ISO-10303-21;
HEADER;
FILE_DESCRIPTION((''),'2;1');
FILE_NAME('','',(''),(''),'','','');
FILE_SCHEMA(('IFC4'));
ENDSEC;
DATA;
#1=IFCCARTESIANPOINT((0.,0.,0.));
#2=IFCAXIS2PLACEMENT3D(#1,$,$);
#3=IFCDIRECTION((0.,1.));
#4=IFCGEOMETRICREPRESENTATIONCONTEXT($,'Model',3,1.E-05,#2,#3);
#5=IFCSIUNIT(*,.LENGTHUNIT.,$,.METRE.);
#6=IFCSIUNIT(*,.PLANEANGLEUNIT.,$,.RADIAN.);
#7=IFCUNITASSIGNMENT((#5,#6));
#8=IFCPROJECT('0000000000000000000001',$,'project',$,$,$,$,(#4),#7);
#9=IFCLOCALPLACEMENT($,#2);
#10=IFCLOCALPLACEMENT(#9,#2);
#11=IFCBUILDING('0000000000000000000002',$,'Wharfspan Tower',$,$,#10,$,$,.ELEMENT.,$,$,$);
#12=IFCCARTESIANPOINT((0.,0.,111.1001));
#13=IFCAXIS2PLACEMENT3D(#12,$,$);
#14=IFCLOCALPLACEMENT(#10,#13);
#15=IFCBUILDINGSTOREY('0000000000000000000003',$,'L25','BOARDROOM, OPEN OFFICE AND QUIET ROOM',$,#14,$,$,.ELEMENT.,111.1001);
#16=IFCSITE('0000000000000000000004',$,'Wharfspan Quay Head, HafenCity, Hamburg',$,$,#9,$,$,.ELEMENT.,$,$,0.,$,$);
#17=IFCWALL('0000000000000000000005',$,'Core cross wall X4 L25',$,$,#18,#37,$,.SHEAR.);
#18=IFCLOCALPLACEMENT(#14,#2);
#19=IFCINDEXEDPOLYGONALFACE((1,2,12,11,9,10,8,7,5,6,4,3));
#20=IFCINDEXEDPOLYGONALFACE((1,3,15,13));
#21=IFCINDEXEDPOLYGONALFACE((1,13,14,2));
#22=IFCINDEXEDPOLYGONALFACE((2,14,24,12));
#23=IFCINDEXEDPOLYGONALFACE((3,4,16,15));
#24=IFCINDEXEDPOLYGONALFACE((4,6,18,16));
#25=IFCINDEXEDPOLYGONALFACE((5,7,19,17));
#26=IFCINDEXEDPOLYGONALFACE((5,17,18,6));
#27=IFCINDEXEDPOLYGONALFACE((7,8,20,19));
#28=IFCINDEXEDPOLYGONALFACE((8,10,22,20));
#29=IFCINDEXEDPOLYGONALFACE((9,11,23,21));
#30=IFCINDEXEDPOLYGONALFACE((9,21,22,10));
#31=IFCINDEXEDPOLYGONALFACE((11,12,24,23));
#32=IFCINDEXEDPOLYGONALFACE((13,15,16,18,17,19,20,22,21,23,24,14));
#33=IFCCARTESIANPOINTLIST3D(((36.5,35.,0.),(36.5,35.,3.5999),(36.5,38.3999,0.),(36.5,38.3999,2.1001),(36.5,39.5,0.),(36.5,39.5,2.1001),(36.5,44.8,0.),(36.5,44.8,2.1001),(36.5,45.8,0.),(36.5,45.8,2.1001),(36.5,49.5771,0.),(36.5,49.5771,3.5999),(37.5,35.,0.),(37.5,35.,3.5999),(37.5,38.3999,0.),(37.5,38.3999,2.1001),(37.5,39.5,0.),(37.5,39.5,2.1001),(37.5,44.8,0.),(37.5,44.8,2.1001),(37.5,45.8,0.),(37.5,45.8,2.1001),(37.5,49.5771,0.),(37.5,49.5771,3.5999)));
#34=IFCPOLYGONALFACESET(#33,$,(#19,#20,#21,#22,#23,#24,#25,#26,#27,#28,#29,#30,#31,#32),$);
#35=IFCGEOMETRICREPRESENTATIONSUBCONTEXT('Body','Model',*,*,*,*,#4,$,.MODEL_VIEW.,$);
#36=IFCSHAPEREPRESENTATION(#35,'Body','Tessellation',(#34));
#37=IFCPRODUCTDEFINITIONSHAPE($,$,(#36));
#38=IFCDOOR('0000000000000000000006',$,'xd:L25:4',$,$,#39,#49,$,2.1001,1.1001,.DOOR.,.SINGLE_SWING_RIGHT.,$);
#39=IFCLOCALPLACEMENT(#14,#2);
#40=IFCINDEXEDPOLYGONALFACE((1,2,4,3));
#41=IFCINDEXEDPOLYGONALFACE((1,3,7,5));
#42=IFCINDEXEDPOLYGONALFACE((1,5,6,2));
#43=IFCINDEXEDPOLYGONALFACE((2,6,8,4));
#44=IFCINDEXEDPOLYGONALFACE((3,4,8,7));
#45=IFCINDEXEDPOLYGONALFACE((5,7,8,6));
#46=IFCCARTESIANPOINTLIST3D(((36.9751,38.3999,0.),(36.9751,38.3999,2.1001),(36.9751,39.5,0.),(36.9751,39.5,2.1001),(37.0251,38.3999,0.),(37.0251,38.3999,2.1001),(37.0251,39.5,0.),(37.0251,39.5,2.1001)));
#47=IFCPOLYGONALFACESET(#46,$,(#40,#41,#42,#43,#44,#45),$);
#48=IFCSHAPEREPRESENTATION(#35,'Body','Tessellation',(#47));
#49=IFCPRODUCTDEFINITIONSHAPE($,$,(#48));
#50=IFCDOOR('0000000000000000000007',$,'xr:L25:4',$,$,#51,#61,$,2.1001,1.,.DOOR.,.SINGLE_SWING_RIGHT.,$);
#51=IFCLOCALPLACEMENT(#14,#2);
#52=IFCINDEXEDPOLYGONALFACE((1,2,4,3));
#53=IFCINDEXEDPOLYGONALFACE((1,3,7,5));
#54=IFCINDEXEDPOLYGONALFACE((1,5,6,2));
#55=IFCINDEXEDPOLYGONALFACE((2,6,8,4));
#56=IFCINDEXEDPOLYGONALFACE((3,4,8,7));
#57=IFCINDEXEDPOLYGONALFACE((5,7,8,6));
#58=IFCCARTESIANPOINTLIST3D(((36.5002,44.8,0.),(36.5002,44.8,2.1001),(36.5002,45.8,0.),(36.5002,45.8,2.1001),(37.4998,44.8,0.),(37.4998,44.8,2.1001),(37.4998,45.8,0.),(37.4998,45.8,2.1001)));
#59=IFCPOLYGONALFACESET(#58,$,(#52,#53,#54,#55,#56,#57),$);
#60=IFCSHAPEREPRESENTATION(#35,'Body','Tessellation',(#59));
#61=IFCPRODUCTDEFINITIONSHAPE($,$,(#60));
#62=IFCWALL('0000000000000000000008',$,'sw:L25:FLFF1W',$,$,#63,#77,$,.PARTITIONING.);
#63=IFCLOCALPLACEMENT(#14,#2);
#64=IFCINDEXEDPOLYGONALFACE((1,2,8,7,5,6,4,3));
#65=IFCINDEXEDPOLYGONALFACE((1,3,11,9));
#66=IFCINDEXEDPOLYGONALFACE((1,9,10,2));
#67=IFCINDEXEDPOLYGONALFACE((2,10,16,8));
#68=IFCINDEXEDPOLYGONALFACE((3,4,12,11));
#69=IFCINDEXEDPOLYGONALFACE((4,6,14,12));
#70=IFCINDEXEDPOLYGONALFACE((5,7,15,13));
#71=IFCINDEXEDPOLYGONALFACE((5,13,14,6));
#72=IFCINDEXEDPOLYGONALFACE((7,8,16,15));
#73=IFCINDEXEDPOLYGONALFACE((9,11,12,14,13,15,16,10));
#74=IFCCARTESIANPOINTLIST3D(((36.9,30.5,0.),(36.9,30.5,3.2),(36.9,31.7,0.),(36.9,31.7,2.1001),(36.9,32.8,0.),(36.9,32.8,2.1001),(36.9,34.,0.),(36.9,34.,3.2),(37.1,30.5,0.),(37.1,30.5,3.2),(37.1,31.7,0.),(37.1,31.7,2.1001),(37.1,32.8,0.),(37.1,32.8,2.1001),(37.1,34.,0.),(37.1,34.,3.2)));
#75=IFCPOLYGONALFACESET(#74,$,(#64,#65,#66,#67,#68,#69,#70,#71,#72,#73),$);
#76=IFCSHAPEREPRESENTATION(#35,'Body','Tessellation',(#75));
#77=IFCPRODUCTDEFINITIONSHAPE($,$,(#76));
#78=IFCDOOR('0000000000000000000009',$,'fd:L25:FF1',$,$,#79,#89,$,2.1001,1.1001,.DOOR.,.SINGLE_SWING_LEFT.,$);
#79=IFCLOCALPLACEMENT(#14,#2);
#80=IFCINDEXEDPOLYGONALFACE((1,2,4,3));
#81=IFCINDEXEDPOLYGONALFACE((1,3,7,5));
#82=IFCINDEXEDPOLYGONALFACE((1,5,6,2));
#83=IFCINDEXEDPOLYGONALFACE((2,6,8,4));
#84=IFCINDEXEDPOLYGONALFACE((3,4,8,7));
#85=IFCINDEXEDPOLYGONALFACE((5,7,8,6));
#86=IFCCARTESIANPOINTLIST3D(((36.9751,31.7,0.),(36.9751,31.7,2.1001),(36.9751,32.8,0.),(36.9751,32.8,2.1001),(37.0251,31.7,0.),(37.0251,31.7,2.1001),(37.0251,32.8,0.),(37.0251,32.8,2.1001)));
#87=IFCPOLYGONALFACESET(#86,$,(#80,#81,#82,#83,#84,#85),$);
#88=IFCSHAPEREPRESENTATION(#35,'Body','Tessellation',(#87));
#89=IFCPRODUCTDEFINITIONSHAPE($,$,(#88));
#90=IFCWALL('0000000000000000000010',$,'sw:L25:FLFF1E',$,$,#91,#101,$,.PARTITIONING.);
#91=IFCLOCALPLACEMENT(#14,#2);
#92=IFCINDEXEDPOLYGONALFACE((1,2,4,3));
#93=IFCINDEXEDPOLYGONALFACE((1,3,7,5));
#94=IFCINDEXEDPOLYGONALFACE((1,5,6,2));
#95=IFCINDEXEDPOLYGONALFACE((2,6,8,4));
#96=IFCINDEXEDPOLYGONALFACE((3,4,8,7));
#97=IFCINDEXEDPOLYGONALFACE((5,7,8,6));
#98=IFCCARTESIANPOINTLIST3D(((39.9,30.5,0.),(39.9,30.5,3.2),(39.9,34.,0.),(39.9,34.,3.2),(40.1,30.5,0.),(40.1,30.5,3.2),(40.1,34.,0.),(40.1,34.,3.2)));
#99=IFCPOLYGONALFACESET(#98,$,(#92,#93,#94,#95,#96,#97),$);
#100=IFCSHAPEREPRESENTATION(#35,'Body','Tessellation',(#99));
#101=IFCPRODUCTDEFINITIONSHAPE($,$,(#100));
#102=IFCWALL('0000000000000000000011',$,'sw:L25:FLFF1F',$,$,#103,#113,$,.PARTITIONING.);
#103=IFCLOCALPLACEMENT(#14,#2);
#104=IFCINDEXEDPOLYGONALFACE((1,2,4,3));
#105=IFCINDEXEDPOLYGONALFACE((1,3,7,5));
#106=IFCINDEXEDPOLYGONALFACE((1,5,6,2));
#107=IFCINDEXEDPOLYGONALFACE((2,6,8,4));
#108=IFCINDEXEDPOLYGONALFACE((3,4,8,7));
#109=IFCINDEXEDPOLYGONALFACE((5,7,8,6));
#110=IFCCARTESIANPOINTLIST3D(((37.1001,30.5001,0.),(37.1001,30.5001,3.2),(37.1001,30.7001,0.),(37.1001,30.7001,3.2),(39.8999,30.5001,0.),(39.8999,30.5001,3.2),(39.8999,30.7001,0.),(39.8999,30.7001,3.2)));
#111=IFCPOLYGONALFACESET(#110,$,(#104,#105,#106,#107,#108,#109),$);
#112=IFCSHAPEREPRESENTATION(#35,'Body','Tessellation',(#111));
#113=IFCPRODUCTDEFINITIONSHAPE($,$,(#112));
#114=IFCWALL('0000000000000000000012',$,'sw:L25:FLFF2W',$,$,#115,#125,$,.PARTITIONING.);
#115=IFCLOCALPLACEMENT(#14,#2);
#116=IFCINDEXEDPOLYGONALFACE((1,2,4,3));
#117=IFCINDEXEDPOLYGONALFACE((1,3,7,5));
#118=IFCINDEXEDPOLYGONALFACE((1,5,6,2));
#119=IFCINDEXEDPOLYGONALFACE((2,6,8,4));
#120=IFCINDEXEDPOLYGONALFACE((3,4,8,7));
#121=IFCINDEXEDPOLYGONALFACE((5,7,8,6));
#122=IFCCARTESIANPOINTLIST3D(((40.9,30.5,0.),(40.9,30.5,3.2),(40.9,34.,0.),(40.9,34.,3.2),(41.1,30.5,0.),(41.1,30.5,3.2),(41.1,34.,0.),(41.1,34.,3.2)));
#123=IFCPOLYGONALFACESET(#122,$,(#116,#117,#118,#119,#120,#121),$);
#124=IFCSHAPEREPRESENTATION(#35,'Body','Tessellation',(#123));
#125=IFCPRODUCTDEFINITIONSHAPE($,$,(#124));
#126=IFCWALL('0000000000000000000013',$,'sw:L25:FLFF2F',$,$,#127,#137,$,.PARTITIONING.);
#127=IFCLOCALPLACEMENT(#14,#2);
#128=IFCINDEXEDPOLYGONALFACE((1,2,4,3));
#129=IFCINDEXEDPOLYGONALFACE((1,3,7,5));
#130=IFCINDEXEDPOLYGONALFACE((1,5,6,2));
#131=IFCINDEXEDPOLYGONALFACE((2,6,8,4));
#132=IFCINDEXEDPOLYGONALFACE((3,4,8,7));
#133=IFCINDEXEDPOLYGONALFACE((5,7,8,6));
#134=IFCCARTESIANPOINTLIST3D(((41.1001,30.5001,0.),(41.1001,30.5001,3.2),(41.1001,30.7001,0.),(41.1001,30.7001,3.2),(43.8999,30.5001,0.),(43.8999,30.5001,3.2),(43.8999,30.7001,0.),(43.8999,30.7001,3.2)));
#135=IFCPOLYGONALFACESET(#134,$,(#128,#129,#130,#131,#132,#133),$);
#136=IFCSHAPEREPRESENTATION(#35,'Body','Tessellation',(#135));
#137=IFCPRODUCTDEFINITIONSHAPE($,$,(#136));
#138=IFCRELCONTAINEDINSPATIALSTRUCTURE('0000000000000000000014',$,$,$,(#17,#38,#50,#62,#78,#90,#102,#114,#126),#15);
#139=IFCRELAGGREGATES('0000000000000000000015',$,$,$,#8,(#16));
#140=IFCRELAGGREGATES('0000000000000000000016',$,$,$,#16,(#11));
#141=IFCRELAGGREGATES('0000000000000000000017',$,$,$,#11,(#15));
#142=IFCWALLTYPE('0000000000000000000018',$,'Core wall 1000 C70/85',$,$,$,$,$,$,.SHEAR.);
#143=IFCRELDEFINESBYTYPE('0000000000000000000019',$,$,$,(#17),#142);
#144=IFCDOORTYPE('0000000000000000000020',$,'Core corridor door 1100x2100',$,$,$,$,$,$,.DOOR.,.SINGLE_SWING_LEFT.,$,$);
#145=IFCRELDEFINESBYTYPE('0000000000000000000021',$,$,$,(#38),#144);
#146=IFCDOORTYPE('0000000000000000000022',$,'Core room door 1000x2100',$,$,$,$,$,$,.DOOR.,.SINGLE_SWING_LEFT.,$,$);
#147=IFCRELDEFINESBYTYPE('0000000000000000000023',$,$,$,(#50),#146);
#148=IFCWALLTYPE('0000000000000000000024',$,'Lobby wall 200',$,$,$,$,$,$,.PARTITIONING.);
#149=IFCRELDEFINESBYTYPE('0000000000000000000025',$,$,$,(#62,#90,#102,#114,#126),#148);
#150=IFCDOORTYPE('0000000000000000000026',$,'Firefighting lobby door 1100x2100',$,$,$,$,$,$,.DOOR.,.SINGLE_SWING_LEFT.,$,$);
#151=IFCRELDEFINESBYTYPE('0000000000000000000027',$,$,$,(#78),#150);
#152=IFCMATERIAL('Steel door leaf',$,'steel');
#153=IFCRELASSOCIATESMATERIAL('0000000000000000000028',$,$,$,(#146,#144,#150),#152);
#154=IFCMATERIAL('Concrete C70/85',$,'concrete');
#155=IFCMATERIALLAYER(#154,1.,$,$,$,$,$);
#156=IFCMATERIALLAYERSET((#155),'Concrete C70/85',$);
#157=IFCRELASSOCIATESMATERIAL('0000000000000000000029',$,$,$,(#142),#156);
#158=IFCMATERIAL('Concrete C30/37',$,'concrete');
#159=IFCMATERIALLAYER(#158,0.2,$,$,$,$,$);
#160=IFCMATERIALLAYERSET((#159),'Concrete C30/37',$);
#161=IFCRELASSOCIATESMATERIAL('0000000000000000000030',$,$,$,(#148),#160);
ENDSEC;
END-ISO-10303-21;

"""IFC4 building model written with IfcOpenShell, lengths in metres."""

from ifc_helpers import new_model, si_unit, direction, frame, frame_2d, origin, place, context, subcontext, project, spatial, rectangle, extrude, material, layer, layer_set, type_object, element, fill, save


model = new_model("IFC4")

# Units and contexts
model_context = context("Model", 3, precision=1e-05, world=origin(), true_north=direction((0.0, 1.0)))
body_context = subcontext(model_context, "Body", "Model", "MODEL_VIEW")
ifc_project = project(units=[si_unit("LENGTHUNIT", "METRE"), si_unit("PLANEANGLEUNIT", "RADIAN")], contexts=[model_context])

# Site, building, storey
site_placement = place(None, origin())
site = spatial("IfcSite", under=ifc_project, at=site_placement, Name="Wharfspan Quay Head, HafenCity, Hamburg", CompositionType="ELEMENT", RefElevation=0.0)
building_placement = place(site_placement, origin())
building = spatial("IfcBuilding", under=site, at=building_placement, Name="Wharfspan Tower", CompositionType="ELEMENT")
storey_placement = place(building_placement, frame((0.0, 0.0, 111.1001)))
storey = spatial("IfcBuildingStorey", under=building, at=storey_placement, Name="L25", Description="BOARDROOM, OPEN OFFICE AND QUIET ROOM", CompositionType="ELEMENT", Elevation=111.1001)

# Shared definitions
ifc_material_1 = material(Name="Steel door leaf", Category="steel")
door_type_1 = type_object("IfcDoorType", Name="Core room door 1000x2100", OperationType="SINGLE_SWING_LEFT", PredefinedType="DOOR", material=ifc_material_1)
ifc_material_2 = material(Name="Concrete C70/85", Category="concrete")
ifc_layer_1 = layer(ifc_material_2, 1.0)
ifc_layer_set_1 = layer_set([ifc_layer_1], Name="Concrete C70/85")
wall_type_1 = type_object("IfcWallType", Name="Core wall 1000 C70/85", PredefinedType="SHEAR", material=ifc_layer_set_1)
door_type_2 = type_object("IfcDoorType", Name="Core corridor door 1100x2100", OperationType="SINGLE_SWING_LEFT", PredefinedType="DOOR", material=ifc_material_1)

# Wall, openings, doors
wall_1_placement = place(storey_placement, frame((37.0, 35.0, 0.0), z_axis=(0.0, 0.0, 1.0), x_axis=(0.0, 1.0, 0.0)))
wall_1 = element("IfcWall", 1, at=wall_1_placement, inside=storey, type_object=wall_type_1, Name="Core cross wall X4 L25", PredefinedType="SHEAR", context=body_context, shape_type="SweptSolid", body=[
    extrude(rectangle(XDim=14.5771, YDim=1.0, at=frame_2d((7.2886, 0.0))), origin(), (0.0, 0.0, 1.0), 3.5999),
])
opening_1_placement = place(wall_1_placement, frame((3.3999, 0.0, 0.0)))
opening_1 = element("IfcOpeningElement", 2, at=opening_1_placement, cuts=wall_1, PredefinedType="OPENING", context=body_context, shape_type="SweptSolid", body=[
    extrude(rectangle(XDim=1.1001, YDim=2.1001, at=frame_2d((0.55, 1.05))), frame((0.0, 0.51, 0.0), z_axis=(0.0, -1.0, 0.0), x_axis=(1.0, 0.0, 0.0)), (0.0, 0.0, 1.0), 1.02),
])
opening_2_placement = place(wall_1_placement, frame((9.8, 0.0, 0.0)))
opening_2 = element("IfcOpeningElement", 3, at=opening_2_placement, cuts=wall_1, PredefinedType="OPENING", context=body_context, shape_type="SweptSolid", body=[
    extrude(rectangle(XDim=1.0, YDim=2.1001, at=frame_2d((0.5, 1.05))), frame((0.0, 0.51, 0.0), z_axis=(0.0, -1.0, 0.0), x_axis=(1.0, 0.0, 0.0)), (0.0, 0.0, 1.0), 1.02),
])
door_1_placement = place(opening_1_placement, origin())
door_1 = element("IfcDoor", 4, at=door_1_placement, inside=storey, type_object=door_type_2, Name="xd:L25:4", OperationType="SINGLE_SWING_RIGHT", OverallHeight=2.1001, OverallWidth=1.1001, PredefinedType="DOOR", context=body_context, shape_type="SweptSolid", body=[
    extrude(rectangle(XDim=1.1001, YDim=2.1001, at=frame_2d((0.55, 1.05))), frame((0.0, 0.0249, 0.0), z_axis=(0.0, -1.0, 0.0), x_axis=(1.0, 0.0, 0.0)), (0.0, 0.0, 1.0), 0.05),
])
fill(opening_1, door_1)
door_2_placement = place(opening_2_placement, origin())
door_2 = element("IfcDoor", 5, at=door_2_placement, inside=storey, type_object=door_type_1, Name="xr:L25:4", OperationType="SINGLE_SWING_RIGHT", OverallHeight=2.1001, OverallWidth=1.0, PredefinedType="DOOR", context=body_context, shape_type="SweptSolid", body=[
    extrude(rectangle(XDim=1.0, YDim=2.1001, at=frame_2d((0.5, 1.05))), frame((0.0, 0.4998, 0.0), z_axis=(0.0, -1.0, 0.0), x_axis=(1.0, 0.0, 0.0)), (0.0, 0.0, 1.0), 0.9995),
])
fill(opening_2, door_2)

# Wall, opening, door
ifc_material_3 = material(Name="Concrete C30/37", Category="concrete")
ifc_layer_2 = layer(ifc_material_3, 0.2)
ifc_layer_set_2 = layer_set([ifc_layer_2], Name="Concrete C30/37")
wall_type_2 = type_object("IfcWallType", Name="Lobby wall 200", PredefinedType="PARTITIONING", material=ifc_layer_set_2)
wall_2_placement = place(storey_placement, frame((37.0, 30.5, 0.0), z_axis=(0.0, 0.0, 1.0), x_axis=(0.0, 1.0, 0.0)))
wall_2 = element("IfcWall", 6, at=wall_2_placement, inside=storey, type_object=wall_type_2, Name="sw:L25:FLFF1W", PredefinedType="PARTITIONING", context=body_context, shape_type="SweptSolid", body=[
    extrude(rectangle(XDim=3.5, YDim=0.2, at=frame_2d((1.75, 0.0))), origin(), (0.0, 0.0, 1.0), 3.2),
])
opening_3_placement = place(wall_2_placement, frame((1.2, 0.0, 0.0)))
opening_3 = element("IfcOpeningElement", 7, at=opening_3_placement, cuts=wall_2, PredefinedType="OPENING", context=body_context, shape_type="SweptSolid", body=[
    extrude(rectangle(XDim=1.1001, YDim=2.1001, at=frame_2d((0.55, 1.05))), frame((0.0, 0.1099, 0.0), z_axis=(0.0, -1.0, 0.0), x_axis=(1.0, 0.0, 0.0)), (0.0, 0.0, 1.0), 0.22),
])
door_type_3 = type_object("IfcDoorType", Name="Firefighting lobby door 1100x2100", OperationType="SINGLE_SWING_LEFT", PredefinedType="DOOR", material=ifc_material_1)
door_3_placement = place(opening_3_placement, origin())
door_3 = element("IfcDoor", 8, at=door_3_placement, inside=storey, type_object=door_type_3, Name="fd:L25:FF1", OperationType="SINGLE_SWING_LEFT", OverallHeight=2.1001, OverallWidth=1.1001, PredefinedType="DOOR", context=body_context, shape_type="SweptSolid", body=[
    extrude(rectangle(XDim=1.1001, YDim=2.1001, at=frame_2d((0.55, 1.05))), frame((0.0, 0.0249, 0.0), z_axis=(0.0, -1.0, 0.0), x_axis=(1.0, 0.0, 0.0)), (0.0, 0.0, 1.0), 0.05),
])
fill(opening_3, door_3)

# Walls
wall_3_placement = place(storey_placement, frame((40.0, 30.5, 0.0), z_axis=(0.0, 0.0, 1.0), x_axis=(0.0, 1.0, 0.0)))
element("IfcWall", 9, at=wall_3_placement, inside=storey, type_object=wall_type_2, Name="sw:L25:FLFF1E", PredefinedType="PARTITIONING", context=body_context, shape_type="SweptSolid", body=[
    extrude(rectangle(XDim=3.5, YDim=0.2, at=frame_2d((1.75, 0.0))), origin(), (0.0, 0.0, 1.0), 3.2),
])
wall_4_placement = place(storey_placement, frame((37.1001, 30.6001, 0.0), z_axis=(0.0, 0.0, 1.0), x_axis=(1.0, 0.0, 0.0)))
element("IfcWall", 10, at=wall_4_placement, inside=storey, type_object=wall_type_2, Name="sw:L25:FLFF1F", PredefinedType="PARTITIONING", context=body_context, shape_type="SweptSolid", body=[
    extrude(rectangle(XDim=2.7998, YDim=0.2, at=frame_2d((1.3999, 0.0))), origin(), (0.0, 0.0, 1.0), 3.2),
])
wall_5_placement = place(storey_placement, frame((41.0, 30.5, 0.0), z_axis=(0.0, 0.0, 1.0), x_axis=(0.0, 1.0, 0.0)))
element("IfcWall", 11, at=wall_5_placement, inside=storey, type_object=wall_type_2, Name="sw:L25:FLFF2W", PredefinedType="PARTITIONING", context=body_context, shape_type="SweptSolid", body=[
    extrude(rectangle(XDim=3.5, YDim=0.2, at=frame_2d((1.75, 0.0))), origin(), (0.0, 0.0, 1.0), 3.2),
])
wall_6_placement = place(storey_placement, frame((41.1001, 30.6001, 0.0), z_axis=(0.0, 0.0, 1.0), x_axis=(1.0, 0.0, 0.0)))
element("IfcWall", 12, at=wall_6_placement, inside=storey, type_object=wall_type_2, Name="sw:L25:FLFF2F", PredefinedType="PARTITIONING", context=body_context, shape_type="SweptSolid", body=[
    extrude(rectangle(XDim=2.7998, YDim=0.2, at=frame_2d((1.3999, 0.0))), origin(), (0.0, 0.0, 1.0), 3.2),
])

save(model, "model.ifc")
